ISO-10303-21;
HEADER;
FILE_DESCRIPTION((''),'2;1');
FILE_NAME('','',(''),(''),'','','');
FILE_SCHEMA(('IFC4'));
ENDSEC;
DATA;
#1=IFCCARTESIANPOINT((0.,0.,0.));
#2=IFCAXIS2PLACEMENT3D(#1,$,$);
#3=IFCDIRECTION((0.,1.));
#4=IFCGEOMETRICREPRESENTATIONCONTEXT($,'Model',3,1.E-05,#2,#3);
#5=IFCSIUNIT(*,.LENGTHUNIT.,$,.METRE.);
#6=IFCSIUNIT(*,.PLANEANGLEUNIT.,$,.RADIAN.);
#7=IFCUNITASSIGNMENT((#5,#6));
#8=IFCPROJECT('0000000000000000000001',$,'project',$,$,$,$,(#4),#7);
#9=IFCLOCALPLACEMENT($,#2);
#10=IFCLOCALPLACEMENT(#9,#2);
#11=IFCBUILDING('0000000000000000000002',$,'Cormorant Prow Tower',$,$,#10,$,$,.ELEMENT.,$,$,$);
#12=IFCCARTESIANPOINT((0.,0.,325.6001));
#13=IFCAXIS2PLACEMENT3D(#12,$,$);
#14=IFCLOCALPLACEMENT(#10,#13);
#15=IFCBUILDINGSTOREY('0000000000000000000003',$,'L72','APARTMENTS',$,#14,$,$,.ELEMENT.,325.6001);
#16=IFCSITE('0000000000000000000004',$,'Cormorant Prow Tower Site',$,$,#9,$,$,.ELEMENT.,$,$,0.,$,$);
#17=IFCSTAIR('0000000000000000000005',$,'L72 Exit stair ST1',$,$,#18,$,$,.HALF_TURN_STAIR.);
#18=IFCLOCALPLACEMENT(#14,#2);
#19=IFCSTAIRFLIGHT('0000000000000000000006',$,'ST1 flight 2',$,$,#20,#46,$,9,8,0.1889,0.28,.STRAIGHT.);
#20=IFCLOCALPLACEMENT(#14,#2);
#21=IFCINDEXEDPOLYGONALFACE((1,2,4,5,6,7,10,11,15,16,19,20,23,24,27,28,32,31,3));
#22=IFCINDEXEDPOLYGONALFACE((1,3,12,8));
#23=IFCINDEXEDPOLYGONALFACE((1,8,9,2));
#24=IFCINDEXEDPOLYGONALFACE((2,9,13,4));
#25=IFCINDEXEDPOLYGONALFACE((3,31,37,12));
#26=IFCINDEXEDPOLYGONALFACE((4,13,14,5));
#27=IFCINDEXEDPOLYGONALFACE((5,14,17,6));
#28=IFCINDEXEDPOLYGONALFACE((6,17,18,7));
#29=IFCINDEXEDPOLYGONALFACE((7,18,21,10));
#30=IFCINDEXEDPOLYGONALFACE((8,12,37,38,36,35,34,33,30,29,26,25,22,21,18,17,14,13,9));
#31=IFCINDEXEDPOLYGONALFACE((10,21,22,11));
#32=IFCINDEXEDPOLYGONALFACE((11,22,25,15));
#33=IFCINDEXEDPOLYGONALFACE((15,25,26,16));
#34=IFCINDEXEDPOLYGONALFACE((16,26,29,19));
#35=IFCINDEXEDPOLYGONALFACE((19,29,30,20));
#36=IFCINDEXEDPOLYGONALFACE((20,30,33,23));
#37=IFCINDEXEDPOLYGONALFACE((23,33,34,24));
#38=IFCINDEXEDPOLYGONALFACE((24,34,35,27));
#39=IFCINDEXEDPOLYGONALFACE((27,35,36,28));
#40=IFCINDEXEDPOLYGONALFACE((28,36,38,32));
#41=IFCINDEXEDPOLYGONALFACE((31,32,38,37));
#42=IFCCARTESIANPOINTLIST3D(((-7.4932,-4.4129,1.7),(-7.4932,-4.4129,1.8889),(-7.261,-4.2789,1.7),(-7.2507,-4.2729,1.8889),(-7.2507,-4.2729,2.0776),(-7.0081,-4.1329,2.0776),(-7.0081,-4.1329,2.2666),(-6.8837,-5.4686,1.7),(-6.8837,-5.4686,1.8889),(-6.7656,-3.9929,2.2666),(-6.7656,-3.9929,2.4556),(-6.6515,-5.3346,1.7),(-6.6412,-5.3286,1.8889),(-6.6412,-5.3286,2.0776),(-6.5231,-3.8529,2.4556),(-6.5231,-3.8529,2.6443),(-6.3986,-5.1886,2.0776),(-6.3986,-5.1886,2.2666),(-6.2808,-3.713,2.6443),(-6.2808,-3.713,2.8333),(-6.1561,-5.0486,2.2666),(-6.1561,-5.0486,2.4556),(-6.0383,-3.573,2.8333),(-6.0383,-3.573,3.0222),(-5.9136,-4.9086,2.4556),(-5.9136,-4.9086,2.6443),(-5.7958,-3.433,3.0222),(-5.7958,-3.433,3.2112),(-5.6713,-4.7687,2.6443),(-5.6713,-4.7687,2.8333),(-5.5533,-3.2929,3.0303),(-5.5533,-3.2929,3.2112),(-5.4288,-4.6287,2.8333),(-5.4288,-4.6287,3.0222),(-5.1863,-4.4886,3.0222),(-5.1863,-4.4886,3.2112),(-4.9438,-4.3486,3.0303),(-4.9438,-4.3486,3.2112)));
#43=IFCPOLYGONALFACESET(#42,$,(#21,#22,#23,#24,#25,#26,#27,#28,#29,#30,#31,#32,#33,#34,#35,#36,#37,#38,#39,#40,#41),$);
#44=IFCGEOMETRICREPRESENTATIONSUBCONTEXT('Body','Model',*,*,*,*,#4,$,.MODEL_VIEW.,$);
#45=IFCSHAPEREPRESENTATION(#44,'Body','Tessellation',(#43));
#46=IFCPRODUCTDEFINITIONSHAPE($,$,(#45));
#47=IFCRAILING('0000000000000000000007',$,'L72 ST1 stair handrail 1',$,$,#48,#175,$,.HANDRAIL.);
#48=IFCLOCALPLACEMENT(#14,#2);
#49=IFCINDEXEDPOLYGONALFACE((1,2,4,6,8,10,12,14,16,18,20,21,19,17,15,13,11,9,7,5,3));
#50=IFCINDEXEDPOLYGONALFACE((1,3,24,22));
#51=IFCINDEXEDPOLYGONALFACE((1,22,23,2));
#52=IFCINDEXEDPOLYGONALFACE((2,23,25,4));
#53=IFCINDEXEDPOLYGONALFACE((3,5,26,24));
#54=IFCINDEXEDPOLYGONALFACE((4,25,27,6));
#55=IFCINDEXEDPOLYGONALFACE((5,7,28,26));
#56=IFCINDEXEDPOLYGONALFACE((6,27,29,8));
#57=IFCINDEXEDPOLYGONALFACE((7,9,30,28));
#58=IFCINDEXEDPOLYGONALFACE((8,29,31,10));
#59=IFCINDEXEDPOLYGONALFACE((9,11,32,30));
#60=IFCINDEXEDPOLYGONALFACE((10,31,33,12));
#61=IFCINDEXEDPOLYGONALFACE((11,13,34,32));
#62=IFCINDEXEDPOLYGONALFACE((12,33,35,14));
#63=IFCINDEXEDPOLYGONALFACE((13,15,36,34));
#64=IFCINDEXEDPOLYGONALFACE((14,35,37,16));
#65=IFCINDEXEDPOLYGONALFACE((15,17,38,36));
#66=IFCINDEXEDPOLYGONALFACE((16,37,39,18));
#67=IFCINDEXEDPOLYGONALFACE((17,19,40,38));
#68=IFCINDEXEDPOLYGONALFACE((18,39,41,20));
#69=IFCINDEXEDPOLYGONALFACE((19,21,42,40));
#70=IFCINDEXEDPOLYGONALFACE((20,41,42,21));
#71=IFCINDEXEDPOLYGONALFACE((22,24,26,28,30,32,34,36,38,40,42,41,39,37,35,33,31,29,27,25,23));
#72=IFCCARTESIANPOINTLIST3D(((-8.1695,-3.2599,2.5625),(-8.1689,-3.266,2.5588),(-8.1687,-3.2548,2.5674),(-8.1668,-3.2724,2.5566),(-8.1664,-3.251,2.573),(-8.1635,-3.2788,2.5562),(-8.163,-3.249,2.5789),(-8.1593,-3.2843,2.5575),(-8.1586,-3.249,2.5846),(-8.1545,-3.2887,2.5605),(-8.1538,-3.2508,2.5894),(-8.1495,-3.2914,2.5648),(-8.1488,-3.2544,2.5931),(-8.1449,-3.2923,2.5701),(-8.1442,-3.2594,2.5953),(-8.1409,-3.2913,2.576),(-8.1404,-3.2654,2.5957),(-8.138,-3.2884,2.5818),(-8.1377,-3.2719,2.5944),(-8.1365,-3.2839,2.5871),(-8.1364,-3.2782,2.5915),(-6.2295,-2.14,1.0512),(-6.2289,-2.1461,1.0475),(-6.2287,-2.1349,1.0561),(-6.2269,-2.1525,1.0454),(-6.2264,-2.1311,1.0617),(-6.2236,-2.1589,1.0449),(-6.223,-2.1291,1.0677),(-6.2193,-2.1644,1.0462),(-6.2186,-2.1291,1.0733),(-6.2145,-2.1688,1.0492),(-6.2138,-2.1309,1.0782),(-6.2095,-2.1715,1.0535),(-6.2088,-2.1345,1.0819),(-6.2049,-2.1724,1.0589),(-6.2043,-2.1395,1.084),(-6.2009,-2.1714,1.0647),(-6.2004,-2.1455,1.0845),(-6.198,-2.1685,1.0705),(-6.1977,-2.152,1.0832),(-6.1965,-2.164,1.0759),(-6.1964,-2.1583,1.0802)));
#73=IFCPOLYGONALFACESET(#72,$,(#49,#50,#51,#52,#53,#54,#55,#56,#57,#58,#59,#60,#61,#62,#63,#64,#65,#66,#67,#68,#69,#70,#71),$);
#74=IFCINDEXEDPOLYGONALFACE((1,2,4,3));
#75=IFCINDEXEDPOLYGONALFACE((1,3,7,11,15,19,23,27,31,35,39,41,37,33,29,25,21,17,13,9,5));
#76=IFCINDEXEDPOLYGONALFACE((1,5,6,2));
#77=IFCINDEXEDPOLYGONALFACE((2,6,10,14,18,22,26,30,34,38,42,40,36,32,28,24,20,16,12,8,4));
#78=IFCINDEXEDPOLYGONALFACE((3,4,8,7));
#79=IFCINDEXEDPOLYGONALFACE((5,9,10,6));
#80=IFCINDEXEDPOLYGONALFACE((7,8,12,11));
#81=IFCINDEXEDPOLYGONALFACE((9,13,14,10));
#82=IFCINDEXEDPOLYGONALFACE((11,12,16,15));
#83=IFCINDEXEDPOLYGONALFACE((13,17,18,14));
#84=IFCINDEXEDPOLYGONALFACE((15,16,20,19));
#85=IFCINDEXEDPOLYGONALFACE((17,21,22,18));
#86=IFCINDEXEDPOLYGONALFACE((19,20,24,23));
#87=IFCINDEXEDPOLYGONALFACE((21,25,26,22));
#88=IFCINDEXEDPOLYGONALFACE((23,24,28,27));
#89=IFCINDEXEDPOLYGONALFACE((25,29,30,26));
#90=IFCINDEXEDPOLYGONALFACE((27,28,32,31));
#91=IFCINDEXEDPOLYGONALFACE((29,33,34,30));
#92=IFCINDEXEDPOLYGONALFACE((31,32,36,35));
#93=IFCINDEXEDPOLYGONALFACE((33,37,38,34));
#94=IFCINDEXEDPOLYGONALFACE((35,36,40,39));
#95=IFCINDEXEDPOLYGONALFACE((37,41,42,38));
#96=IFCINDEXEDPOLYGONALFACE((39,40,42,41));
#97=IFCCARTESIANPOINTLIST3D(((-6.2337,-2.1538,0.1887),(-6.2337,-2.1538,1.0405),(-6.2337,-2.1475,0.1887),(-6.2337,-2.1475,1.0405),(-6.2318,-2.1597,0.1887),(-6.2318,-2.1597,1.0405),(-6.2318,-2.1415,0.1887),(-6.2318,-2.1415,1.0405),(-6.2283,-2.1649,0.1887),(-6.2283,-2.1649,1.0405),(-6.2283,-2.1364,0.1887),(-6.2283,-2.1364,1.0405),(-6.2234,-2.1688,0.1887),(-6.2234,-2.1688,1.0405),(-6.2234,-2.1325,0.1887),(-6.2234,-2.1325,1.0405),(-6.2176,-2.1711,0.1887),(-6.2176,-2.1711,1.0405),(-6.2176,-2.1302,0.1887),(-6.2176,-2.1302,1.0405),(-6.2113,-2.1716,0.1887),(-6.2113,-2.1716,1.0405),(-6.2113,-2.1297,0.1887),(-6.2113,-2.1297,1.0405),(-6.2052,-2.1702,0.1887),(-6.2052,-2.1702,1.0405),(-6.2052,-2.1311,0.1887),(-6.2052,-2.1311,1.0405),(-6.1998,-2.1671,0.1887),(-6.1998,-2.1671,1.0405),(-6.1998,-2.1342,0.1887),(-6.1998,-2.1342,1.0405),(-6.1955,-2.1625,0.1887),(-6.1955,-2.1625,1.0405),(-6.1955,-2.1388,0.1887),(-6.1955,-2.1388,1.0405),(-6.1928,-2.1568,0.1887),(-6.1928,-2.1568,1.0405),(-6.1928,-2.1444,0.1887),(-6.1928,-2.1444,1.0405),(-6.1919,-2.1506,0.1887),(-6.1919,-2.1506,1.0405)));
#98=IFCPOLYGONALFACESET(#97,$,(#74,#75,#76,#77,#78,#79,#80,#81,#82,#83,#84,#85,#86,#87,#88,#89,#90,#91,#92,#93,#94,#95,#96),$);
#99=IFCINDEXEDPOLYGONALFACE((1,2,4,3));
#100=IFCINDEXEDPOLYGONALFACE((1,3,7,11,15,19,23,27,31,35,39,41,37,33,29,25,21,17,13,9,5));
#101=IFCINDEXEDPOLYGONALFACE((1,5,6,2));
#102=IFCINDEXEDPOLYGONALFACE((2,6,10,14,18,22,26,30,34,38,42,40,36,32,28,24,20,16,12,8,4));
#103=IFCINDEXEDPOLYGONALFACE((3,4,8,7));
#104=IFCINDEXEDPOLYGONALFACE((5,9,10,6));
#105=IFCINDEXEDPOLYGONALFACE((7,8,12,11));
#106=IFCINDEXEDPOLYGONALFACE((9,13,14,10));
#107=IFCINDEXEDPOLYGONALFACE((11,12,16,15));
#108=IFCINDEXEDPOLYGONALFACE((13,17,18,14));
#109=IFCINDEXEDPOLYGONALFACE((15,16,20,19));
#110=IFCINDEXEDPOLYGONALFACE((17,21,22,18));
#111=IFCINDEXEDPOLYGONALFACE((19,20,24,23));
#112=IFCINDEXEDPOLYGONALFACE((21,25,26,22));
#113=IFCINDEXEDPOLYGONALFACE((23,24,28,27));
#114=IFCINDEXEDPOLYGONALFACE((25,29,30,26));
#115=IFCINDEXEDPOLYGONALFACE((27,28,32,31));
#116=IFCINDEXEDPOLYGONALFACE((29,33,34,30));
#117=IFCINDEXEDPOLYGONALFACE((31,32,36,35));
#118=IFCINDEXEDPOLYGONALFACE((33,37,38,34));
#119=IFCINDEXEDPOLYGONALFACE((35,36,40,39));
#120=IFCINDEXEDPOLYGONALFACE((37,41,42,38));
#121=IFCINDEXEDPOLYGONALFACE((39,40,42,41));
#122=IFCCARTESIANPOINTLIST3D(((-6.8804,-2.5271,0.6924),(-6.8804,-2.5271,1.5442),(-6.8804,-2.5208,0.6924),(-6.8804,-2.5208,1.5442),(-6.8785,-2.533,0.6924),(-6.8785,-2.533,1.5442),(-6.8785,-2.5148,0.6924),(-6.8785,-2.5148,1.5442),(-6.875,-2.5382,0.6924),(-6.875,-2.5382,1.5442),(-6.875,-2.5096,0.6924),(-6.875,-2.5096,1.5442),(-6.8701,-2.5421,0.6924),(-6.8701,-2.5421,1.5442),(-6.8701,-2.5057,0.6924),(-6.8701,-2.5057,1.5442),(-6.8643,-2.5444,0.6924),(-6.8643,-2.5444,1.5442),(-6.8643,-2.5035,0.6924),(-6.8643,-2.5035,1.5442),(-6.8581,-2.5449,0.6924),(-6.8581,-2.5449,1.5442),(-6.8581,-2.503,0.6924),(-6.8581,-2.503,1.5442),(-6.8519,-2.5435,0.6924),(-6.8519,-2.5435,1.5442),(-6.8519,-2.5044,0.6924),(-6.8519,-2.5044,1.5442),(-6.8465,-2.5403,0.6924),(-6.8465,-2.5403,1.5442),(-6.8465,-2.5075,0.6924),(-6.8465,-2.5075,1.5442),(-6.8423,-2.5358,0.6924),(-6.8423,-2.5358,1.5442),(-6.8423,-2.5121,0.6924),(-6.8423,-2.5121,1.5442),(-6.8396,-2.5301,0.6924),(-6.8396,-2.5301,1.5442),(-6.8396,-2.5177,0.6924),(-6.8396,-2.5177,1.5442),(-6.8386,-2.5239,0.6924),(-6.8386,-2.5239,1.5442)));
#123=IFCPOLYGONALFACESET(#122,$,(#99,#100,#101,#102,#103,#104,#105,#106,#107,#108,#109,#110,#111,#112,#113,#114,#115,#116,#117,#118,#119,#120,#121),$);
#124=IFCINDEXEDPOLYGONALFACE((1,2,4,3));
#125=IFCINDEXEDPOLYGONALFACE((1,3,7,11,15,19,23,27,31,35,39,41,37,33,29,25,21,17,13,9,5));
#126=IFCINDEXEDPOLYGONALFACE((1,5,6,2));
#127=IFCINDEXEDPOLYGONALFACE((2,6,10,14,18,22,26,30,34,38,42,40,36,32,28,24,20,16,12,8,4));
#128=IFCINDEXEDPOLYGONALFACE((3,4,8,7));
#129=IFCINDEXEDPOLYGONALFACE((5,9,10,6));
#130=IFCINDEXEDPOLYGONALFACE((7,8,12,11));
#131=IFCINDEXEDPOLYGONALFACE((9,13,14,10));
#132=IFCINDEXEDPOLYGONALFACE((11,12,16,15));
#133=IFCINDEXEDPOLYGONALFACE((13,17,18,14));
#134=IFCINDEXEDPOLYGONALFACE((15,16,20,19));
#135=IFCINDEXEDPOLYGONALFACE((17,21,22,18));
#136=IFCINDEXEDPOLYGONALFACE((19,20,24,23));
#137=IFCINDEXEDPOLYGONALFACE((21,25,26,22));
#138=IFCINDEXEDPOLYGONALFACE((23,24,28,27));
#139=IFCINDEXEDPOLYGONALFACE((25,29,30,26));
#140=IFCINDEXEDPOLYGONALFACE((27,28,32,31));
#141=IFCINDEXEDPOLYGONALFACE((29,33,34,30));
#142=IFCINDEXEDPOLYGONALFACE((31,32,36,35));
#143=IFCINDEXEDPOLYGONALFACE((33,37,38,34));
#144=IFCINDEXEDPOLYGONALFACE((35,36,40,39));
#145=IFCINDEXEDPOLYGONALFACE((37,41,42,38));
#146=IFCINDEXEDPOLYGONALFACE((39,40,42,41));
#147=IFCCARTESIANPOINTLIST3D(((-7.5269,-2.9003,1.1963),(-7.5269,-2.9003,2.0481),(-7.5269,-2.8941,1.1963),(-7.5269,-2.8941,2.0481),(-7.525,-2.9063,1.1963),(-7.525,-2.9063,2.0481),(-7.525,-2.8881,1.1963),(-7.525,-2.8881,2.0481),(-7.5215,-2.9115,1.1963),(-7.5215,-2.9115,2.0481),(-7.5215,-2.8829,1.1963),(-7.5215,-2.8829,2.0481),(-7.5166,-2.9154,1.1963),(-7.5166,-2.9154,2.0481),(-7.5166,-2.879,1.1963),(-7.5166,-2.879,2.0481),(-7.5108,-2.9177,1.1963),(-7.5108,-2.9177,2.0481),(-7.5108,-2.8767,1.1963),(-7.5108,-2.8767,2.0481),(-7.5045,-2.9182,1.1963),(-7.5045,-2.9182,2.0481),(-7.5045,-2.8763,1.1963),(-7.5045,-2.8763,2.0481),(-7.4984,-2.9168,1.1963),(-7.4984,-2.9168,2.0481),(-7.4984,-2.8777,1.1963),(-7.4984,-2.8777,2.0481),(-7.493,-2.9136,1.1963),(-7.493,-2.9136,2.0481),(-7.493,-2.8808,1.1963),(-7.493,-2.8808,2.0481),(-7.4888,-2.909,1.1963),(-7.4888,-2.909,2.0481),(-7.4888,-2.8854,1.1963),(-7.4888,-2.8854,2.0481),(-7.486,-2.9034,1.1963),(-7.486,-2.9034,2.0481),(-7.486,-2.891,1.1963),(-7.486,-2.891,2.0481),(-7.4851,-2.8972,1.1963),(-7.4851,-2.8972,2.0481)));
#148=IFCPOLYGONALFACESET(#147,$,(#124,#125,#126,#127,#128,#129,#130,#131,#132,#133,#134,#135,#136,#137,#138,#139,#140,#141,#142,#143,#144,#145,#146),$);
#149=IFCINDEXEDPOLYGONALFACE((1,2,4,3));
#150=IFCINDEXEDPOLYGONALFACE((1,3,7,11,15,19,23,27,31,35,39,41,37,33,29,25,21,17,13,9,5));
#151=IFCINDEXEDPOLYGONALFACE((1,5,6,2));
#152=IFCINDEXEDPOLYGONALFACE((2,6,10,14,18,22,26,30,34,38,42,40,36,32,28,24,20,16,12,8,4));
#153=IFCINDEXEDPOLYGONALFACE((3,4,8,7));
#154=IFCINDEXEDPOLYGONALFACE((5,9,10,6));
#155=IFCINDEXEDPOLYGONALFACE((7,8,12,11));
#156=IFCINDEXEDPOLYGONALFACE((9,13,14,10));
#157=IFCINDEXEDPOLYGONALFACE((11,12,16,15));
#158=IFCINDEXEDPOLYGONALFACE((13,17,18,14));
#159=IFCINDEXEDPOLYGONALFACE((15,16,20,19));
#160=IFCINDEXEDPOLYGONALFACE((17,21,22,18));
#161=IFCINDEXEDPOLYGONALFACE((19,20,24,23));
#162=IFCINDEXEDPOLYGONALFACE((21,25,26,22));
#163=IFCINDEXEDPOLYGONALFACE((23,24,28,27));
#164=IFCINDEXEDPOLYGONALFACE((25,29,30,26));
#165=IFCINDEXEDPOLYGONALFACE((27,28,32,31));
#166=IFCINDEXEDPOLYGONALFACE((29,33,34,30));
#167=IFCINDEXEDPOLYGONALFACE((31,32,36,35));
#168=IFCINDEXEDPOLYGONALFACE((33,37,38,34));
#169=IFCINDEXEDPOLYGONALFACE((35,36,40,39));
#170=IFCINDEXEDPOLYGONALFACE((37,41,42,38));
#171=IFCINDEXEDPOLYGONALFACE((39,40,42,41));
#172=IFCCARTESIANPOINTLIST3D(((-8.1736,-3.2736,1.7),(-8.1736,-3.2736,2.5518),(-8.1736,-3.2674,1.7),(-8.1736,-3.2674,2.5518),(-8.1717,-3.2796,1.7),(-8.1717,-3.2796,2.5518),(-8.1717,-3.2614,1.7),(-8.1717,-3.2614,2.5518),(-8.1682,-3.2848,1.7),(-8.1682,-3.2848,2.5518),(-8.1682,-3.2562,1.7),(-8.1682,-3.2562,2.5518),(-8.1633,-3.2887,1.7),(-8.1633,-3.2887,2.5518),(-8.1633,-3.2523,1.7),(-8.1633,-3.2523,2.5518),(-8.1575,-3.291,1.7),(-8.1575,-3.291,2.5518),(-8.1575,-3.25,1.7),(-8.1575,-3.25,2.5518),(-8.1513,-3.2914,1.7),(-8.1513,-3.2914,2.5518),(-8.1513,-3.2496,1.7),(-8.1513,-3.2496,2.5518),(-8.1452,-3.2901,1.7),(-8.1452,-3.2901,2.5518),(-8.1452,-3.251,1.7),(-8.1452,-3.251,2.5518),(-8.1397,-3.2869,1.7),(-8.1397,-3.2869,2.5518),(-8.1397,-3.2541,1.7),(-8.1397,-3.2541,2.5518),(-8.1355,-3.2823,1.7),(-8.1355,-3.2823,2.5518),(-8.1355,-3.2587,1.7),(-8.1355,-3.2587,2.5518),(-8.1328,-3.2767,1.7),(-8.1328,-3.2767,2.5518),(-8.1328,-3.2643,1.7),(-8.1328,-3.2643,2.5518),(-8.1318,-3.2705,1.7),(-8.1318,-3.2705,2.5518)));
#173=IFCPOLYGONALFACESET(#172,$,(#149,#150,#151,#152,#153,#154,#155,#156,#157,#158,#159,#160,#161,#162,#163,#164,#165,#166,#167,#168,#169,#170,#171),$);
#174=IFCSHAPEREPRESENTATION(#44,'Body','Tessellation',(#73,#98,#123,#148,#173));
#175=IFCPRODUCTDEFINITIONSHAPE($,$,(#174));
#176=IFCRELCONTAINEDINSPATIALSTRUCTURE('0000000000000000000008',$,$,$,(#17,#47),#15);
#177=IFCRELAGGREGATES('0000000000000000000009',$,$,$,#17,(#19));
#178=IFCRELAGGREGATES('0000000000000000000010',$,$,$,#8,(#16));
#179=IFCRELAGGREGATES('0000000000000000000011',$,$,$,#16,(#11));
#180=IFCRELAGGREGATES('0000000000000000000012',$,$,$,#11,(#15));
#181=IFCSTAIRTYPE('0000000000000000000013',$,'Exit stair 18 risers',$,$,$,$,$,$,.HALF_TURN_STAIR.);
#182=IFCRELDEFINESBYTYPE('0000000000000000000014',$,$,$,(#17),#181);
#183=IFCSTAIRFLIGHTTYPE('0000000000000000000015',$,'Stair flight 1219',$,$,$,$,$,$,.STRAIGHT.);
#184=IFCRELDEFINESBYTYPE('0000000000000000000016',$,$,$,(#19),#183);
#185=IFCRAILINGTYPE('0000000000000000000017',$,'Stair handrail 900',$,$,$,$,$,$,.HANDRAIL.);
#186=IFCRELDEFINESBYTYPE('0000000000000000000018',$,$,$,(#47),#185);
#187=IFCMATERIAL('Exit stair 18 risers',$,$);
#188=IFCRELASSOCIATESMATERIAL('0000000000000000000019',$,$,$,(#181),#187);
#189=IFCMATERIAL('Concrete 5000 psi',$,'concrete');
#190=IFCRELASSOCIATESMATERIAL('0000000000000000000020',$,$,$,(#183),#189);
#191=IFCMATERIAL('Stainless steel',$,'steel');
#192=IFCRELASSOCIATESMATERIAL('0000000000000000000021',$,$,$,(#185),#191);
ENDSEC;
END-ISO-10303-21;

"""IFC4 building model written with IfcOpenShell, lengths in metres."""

from ifc_helpers import new_model, si_unit, direction, frame, origin, origin_2d, place, context, subcontext, project, spatial, polyline, circle, outline, extrude, material, type_object, element, aggregate, save


model = new_model("IFC4")

# Units and contexts
model_context = context("Model", 3, precision=1e-05, world=origin(), true_north=direction((0.0, 1.0)))
body_context = subcontext(model_context, "Body", "Model", "MODEL_VIEW")
ifc_project = project(units=[si_unit("LENGTHUNIT", "METRE"), si_unit("PLANEANGLEUNIT", "RADIAN")], contexts=[model_context])

# Site, building, storey
site_placement = place(None, origin())
site = spatial("IfcSite", under=ifc_project, at=site_placement, Name="Cormorant Prow Tower Site", CompositionType="ELEMENT", RefElevation=0.0)
building_placement = place(site_placement, origin())
building = spatial("IfcBuilding", under=site, at=building_placement, Name="Cormorant Prow Tower", CompositionType="ELEMENT")
storey_placement = place(building_placement, frame((0.0, 0.0, 325.6001)))
storey = spatial("IfcBuildingStorey", under=building, at=storey_placement, Name="L72", Description="APARTMENTS", CompositionType="ELEMENT", Elevation=325.6001)

# Stair, stair flight
ifc_material_1 = material(Name="Exit stair 18 risers")
stair_type = type_object("IfcStairType", Name="Exit stair 18 risers", PredefinedType="HALF_TURN_STAIR", material=ifc_material_1)
stair_placement = place(storey_placement, origin())
stair = element("IfcStair", 1, at=stair_placement, inside=storey, type_object=stair_type, Name="L72 Exit stair ST1", PredefinedType="HALF_TURN_STAIR")
ifc_material_2 = material(Name="Concrete 5000 psi", Category="concrete")
stair_flight_type = type_object("IfcStairFlightType", Name="Stair flight 1219", PredefinedType="STRAIGHT", material=ifc_material_2)
stair_flight_1_placement = place(storey_placement, frame((-7.1885, -4.9407, 1.7), z_axis=(0.0, 0.0, 1.0), x_axis=(0.866025, 0.5, 0.0)))
stair_flight_1 = element("IfcStairFlight", 2, at=stair_flight_1_placement, type_object=stair_flight_type, Name="ST1 flight 2", NumberOfRisers=9, NumberOfTreads=8, PredefinedType="STRAIGHT", RiserHeight=0.1889, TreadLength=0.28, context=body_context, shape_type="SweptSolid", body=[
    extrude(outline(polyline([(0.0, 0.0), (0.0, 0.189), (0.28, 0.189), (0.28, 0.3777), (0.5601, 0.3777), (0.5601, 0.5667), (0.8401, 0.5667), (0.8401, 0.7556), (1.1201, 0.7556), (1.1201, 0.9443), (1.3999, 0.9443), (1.3999, 1.1333), (1.6799, 1.1333), (1.6799, 1.3223), (1.96, 1.3223), (1.96, 1.5112), (2.24, 1.5112), (2.24, 1.7), (2.24, 1.3303), (0.2681, 0.0), (0.0, 0.0)])), frame((0.0, 0.6094, 0.0), z_axis=(0.0, -1.0, 0.0), x_axis=(1.0, 0.0, 0.0)), (0.0, 0.0, 1.0), 1.219),
])
aggregate(stair, [stair_flight_1])

# Railing
ifc_material_3 = material(Name="Stainless steel", Category="steel")
railing_type_1 = type_object("IfcRailingType", Name="Stair handrail 900", PredefinedType="HANDRAIL", material=ifc_material_3)
railing_1_placement = place(storey_placement, frame((-6.2129, -2.1506, 0.1887)))
element("IfcRailing", 3, at=railing_1_placement, inside=storey, type_object=railing_type_1, Name="L72 ST1 stair handrail 1", PredefinedType="HANDRAIL", context=body_context, shape_type="SweptSolid", body=[
    extrude(circle(Radius=0.0239, at=origin_2d()), frame((0.0, 0.0, 0.876), z_axis=(-0.71794, -0.414447, 0.559281), x_axis=(0.499949, -0.866055, 0.0)), (0.0, 0.0, 1.0), 2.7021),
    extrude(circle(Radius=0.021, at=origin_2d()), origin(), (0.0, 0.0, 1.0), 0.8518),
    extrude(circle(Radius=0.021, at=origin_2d()), frame((-0.6467, -0.3733, 0.5037)), (0.0, 0.0, 1.0), 0.8518),
    extrude(circle(Radius=0.021, at=origin_2d()), frame((-1.2932, -0.7466, 1.0076)), (0.0, 0.0, 1.0), 0.8518),
    extrude(circle(Radius=0.021, at=origin_2d()), frame((-1.9399, -1.1199, 1.5112)), (0.0, 0.0, 1.0), 0.8518),
])

save(model, "model.ifc")
